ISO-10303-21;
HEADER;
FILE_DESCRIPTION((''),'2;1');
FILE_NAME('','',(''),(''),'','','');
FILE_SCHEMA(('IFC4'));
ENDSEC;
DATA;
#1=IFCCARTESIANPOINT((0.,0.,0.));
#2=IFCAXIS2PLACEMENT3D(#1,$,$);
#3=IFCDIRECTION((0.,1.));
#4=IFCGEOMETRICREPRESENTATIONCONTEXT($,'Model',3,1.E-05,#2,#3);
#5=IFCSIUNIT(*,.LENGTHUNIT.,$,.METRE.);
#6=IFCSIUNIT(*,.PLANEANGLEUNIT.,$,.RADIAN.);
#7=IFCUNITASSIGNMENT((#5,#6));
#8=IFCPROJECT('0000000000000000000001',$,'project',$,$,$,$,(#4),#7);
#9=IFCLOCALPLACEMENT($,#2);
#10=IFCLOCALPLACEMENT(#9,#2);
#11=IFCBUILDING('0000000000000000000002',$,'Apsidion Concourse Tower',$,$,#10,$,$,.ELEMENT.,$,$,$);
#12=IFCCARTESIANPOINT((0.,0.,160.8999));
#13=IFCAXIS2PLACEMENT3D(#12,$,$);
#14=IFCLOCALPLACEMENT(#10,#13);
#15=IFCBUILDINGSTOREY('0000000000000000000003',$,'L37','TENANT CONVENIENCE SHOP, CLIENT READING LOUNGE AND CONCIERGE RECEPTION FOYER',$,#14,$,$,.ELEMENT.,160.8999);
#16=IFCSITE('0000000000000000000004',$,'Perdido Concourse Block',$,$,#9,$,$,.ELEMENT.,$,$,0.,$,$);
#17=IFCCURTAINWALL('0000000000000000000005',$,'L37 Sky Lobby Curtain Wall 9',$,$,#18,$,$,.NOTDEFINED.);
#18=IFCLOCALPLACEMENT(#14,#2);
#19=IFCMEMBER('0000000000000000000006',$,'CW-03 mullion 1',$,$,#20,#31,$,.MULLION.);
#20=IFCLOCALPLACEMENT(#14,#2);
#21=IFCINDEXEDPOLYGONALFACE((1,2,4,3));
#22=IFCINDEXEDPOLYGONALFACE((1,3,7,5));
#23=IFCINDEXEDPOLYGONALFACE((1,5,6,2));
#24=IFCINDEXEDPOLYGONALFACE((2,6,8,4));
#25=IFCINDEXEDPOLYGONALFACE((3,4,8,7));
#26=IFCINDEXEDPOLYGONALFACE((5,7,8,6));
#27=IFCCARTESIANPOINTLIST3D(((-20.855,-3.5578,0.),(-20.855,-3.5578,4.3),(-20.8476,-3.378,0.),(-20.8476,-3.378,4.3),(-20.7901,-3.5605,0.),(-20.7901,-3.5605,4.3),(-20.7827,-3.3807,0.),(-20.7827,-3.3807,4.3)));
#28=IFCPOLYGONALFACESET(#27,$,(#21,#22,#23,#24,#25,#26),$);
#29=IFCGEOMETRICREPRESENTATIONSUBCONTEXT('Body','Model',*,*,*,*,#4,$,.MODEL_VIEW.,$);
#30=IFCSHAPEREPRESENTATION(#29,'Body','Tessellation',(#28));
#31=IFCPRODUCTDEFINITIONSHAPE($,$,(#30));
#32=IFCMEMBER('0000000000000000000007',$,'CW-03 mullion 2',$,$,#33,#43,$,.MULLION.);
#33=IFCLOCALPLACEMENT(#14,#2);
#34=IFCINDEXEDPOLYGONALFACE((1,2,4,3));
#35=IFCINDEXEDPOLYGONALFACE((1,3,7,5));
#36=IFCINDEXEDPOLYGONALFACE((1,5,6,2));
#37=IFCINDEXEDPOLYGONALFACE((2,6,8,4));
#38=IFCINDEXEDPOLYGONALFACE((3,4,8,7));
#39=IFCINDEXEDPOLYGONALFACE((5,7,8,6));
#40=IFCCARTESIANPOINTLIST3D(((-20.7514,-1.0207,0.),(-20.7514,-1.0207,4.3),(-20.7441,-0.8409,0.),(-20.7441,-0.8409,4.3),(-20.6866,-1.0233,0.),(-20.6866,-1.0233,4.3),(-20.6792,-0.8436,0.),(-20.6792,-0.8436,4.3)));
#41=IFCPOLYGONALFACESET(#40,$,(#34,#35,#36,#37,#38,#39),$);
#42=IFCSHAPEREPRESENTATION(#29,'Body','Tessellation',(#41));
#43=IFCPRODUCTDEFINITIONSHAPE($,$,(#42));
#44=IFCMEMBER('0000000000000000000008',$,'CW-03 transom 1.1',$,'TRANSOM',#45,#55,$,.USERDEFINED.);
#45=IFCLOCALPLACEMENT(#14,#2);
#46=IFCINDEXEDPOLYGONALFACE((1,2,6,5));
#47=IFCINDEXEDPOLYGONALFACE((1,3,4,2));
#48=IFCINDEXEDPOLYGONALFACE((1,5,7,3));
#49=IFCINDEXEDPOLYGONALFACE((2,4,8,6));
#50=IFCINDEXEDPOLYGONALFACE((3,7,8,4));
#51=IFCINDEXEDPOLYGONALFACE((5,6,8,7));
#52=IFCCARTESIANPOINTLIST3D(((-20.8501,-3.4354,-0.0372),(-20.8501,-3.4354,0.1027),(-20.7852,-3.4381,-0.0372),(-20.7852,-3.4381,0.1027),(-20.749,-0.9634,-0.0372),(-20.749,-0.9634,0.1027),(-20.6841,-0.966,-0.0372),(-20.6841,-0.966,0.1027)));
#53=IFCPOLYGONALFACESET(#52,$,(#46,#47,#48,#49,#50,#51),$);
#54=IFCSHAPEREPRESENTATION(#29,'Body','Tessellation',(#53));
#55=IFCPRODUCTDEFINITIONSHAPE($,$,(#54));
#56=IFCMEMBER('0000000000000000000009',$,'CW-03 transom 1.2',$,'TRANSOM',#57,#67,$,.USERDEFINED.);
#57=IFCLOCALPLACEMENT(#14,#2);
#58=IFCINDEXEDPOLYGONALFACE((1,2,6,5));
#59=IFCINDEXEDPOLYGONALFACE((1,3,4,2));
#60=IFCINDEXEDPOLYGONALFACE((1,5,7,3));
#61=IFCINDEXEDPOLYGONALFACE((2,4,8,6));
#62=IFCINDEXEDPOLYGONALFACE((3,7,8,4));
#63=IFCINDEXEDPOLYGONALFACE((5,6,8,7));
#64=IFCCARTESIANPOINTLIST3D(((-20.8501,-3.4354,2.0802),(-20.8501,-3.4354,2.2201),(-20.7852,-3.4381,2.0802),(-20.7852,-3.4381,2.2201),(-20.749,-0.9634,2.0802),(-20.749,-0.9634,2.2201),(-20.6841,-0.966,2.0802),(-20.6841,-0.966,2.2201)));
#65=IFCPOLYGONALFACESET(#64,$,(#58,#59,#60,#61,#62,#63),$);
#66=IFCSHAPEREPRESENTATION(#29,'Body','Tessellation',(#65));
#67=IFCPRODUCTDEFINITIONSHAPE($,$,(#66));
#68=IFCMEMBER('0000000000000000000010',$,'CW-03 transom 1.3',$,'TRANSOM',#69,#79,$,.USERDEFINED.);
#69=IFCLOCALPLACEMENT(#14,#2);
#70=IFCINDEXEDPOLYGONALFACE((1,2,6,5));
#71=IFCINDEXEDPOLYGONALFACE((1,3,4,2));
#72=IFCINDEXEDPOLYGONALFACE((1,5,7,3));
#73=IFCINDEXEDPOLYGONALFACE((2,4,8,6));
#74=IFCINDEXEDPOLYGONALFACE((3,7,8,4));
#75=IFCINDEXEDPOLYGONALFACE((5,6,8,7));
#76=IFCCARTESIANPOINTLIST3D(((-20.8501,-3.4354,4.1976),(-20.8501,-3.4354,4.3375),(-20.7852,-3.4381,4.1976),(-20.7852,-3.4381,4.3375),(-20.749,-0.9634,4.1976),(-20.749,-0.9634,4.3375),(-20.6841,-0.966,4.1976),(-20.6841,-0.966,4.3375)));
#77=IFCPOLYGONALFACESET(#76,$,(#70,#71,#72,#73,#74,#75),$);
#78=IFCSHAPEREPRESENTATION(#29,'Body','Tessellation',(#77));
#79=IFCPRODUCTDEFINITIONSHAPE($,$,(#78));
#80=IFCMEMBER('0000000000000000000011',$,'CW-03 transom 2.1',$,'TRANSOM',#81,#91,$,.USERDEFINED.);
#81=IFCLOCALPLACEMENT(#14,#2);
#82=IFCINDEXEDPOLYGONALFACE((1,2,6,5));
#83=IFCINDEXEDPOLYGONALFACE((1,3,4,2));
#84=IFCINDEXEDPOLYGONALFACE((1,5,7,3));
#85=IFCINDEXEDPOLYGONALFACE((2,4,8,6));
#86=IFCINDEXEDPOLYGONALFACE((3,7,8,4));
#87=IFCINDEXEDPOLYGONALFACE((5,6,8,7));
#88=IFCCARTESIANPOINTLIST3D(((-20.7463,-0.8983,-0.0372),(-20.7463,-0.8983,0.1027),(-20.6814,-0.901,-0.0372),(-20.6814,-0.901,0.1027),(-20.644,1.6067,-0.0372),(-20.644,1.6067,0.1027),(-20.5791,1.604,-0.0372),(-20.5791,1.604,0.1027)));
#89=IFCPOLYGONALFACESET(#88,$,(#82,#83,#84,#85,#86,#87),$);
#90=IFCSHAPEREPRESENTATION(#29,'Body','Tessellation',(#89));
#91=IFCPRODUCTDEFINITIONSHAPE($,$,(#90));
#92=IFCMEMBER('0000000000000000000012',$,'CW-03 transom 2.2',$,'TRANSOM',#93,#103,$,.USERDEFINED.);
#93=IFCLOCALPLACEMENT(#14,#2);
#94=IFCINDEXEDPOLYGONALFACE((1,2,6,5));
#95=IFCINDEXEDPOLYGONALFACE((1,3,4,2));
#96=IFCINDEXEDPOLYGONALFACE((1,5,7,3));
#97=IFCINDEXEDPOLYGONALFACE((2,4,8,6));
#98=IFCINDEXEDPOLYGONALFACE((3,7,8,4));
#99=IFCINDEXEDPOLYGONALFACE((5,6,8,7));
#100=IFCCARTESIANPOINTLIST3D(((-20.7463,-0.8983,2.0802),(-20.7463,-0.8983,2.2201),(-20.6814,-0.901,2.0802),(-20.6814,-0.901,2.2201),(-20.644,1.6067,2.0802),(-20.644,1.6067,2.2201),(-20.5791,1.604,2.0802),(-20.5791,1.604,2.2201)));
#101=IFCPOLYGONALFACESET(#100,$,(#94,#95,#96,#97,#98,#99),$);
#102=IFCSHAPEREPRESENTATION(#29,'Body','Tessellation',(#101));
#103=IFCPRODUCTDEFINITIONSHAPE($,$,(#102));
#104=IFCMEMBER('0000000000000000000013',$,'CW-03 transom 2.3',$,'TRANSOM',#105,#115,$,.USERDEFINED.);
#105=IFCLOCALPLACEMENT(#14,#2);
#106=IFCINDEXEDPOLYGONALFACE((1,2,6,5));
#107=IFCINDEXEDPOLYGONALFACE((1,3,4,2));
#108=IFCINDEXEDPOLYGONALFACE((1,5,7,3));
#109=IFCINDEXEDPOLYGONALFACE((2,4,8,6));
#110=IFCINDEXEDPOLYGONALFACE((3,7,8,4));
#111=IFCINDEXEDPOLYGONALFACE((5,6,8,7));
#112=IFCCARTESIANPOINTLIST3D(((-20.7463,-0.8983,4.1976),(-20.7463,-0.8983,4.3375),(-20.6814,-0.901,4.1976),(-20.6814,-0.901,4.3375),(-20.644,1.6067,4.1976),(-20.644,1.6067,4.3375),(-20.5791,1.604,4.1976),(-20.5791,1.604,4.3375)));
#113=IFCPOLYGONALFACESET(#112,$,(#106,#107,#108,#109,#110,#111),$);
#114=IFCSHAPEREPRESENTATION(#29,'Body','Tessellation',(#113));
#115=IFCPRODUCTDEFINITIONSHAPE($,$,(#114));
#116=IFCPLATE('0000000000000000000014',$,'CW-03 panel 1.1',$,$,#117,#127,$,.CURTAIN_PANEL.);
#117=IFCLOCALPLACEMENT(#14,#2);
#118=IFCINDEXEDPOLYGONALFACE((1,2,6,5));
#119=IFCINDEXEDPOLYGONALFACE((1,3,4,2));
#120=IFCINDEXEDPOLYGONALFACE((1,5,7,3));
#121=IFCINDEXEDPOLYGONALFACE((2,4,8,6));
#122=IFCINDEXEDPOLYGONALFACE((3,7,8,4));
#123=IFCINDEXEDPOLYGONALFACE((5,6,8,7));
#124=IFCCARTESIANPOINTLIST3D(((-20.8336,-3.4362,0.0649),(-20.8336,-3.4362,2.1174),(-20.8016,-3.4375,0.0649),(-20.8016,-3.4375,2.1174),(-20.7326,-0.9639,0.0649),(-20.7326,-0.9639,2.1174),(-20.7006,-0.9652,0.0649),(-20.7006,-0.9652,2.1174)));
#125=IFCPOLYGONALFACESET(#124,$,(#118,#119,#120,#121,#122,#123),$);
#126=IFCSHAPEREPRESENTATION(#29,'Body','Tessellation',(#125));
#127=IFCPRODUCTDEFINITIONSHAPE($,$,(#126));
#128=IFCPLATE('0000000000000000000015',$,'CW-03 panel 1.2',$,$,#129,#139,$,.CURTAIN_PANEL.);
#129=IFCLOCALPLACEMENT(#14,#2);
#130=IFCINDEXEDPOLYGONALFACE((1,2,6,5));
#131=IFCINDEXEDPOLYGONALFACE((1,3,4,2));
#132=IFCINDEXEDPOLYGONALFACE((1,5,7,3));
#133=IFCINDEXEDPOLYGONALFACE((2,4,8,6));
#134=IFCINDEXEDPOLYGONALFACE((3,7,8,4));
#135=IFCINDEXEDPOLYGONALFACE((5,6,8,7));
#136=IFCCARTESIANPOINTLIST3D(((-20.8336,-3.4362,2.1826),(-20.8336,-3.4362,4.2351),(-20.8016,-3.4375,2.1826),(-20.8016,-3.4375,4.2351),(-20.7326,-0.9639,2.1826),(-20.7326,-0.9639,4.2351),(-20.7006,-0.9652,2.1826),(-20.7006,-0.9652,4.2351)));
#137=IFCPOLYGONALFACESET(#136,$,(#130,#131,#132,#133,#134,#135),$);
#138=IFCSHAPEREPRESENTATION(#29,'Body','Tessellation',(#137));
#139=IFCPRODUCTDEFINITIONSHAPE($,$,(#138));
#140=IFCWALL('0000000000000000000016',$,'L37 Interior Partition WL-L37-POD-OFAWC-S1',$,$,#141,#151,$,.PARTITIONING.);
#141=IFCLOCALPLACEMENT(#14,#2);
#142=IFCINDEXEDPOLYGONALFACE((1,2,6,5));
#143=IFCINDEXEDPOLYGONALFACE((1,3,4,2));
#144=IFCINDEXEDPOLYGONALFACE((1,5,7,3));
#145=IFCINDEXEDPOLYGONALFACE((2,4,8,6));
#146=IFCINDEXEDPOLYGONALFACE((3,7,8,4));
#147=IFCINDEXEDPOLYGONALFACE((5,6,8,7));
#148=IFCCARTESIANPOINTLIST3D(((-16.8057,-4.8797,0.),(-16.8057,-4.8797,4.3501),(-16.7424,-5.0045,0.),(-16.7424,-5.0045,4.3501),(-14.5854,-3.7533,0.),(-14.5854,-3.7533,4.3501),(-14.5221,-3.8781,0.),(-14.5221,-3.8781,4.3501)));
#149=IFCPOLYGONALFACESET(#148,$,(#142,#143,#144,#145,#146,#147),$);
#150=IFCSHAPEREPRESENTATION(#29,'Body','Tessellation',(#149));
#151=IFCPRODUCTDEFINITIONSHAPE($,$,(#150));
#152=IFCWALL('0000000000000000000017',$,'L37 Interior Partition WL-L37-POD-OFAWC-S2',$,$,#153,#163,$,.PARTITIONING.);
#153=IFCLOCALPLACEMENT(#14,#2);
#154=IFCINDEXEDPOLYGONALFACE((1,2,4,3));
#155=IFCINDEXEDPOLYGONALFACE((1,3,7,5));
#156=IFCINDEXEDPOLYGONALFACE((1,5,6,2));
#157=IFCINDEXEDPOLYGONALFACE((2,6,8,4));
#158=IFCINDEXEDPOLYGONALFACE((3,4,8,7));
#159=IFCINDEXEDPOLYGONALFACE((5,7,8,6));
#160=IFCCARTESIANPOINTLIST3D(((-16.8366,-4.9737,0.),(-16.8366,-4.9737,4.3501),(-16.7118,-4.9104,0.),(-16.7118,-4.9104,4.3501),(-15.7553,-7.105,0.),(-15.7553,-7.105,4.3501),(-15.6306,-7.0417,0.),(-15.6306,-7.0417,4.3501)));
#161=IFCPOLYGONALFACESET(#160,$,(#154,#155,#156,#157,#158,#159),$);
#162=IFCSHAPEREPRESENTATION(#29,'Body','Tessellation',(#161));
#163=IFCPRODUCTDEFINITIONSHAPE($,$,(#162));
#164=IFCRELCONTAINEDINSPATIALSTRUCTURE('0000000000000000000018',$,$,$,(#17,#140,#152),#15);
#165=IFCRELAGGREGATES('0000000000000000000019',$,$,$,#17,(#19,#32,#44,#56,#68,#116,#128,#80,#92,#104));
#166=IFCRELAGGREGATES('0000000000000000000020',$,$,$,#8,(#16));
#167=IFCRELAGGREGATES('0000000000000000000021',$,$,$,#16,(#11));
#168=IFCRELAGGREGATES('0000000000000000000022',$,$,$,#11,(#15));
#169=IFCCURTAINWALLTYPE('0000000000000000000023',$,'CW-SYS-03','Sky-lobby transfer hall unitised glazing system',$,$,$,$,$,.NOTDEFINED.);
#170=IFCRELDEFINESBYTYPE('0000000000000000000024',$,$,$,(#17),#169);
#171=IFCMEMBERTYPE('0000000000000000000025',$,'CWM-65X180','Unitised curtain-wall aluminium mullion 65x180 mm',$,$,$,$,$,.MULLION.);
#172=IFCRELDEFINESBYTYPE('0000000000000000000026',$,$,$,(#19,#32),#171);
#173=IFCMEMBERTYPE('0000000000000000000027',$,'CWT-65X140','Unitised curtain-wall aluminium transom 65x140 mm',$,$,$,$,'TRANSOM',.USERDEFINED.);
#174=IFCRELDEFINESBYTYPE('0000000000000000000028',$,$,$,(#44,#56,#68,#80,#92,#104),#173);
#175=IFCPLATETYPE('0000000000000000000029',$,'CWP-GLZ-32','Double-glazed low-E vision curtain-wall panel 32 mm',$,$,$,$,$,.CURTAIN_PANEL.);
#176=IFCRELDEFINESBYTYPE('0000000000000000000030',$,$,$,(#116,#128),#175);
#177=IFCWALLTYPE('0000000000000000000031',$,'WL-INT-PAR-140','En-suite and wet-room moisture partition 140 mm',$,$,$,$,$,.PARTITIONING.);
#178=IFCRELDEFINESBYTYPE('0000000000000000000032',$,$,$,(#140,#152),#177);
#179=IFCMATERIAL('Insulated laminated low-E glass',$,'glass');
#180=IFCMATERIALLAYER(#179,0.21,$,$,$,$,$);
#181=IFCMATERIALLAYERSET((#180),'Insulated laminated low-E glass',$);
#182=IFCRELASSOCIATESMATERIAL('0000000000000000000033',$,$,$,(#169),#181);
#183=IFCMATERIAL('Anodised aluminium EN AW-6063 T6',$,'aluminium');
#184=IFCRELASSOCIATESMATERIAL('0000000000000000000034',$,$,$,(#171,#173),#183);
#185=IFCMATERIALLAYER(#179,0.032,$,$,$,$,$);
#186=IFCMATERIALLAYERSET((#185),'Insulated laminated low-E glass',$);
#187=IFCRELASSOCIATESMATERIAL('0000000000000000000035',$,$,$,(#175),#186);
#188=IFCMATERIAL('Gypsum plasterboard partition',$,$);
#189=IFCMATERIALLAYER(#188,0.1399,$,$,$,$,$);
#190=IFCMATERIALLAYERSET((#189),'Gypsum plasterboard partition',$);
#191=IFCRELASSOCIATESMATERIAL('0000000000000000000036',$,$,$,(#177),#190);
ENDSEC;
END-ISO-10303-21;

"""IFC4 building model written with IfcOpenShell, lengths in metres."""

from ifc_helpers import new_model, si_unit, direction, frame, frame_2d, origin, origin_2d, place, context, subcontext, project, spatial, rectangle, extrude, material, layer, layer_set, material_profile, profile_set, type_object, element, aggregate, save


model = new_model("IFC4")

# Units and contexts
model_context = context("Model", 3, precision=1e-05, world=origin(), true_north=direction((0.0, 1.0)))
body_context = subcontext(model_context, "Body", "Model", "MODEL_VIEW")
ifc_project = project(units=[si_unit("LENGTHUNIT", "METRE"), si_unit("PLANEANGLEUNIT", "RADIAN")], contexts=[model_context])

# Site, building, storey
site_placement = place(None, origin())
site = spatial("IfcSite", under=ifc_project, at=site_placement, Name="Perdido Concourse Block", CompositionType="ELEMENT", RefElevation=0.0)
building_placement = place(site_placement, origin())
building = spatial("IfcBuilding", under=site, at=building_placement, Name="Apsidion Concourse Tower", CompositionType="ELEMENT")
storey_placement = place(building_placement, frame((0.0, 0.0, 160.8999)))
storey = spatial("IfcBuildingStorey", under=building, at=storey_placement, Name="L37", Description="TENANT CONVENIENCE SHOP, CLIENT READING LOUNGE AND CONCIERGE RECEPTION FOYER", CompositionType="ELEMENT", Elevation=160.8999)

# Curtain wall, members, plates
ifc_material_1 = material(Name="Insulated laminated low-E glass", Category="glass")
ifc_layer_1 = layer(ifc_material_1, 0.21)
ifc_layer_set_1 = layer_set([ifc_layer_1], Name="Insulated laminated low-E glass")
curtain_wall_type = type_object("IfcCurtainWallType", Name="CW-SYS-03", Description="Sky-lobby transfer hall unitised glazing system", PredefinedType="NOTDEFINED", material=ifc_layer_set_1)
curtain_wall_placement = place(storey_placement, origin())
curtain_wall = element("IfcCurtainWall", 1, at=curtain_wall_placement, inside=storey, type_object=curtain_wall_type, Name="L37 Sky Lobby Curtain Wall 9", PredefinedType="NOTDEFINED")
ifc_material_2 = material(Name="Anodised aluminium EN AW-6063 T6", Category="aluminium")
ifc_material_profile_1 = material_profile(ifc_material_2, rectangle(XDim=0.0649, YDim=0.1799, at=origin_2d()), Name="ALU MULLION 65x180")
ifc_profile_set_1 = profile_set([ifc_material_profile_1], Name="Anodised aluminium EN AW-6063 T6")
member_type_1 = type_object("IfcMemberType", Name="CWM-65X180", Description="Unitised curtain-wall aluminium mullion 65x180 mm", PredefinedType="MULLION", material=ifc_profile_set_1)
member_1_placement = place(storey_placement, frame((-20.8188, -3.4692, 0.0), z_axis=(0.0, 0.0, 1.0), x_axis=(-0.999167, 0.040814, 0.0)))
member_1 = element("IfcMember", 2, at=member_1_placement, type_object=member_type_1, Name="CW-03 mullion 1", PredefinedType="MULLION", context=body_context, shape_type="SweptSolid", body=[
    extrude(rectangle(XDim=0.0649, YDim=0.1799, at=origin_2d()), origin(), (0.0, 0.0, 1.0), 4.3),
])
member_2_placement = place(storey_placement, frame((-20.7153, -0.9321, 0.0), z_axis=(0.0, 0.0, 1.0), x_axis=(-0.999167, 0.040814, 0.0)))
member_2 = element("IfcMember", 3, at=member_2_placement, type_object=member_type_1, Name="CW-03 mullion 2", PredefinedType="MULLION", context=body_context, shape_type="SweptSolid", body=[
    extrude(rectangle(XDim=0.0649, YDim=0.1799, at=origin_2d()), origin(), (0.0, 0.0, 1.0), 4.3),
])
ifc_material_profile_2 = material_profile(ifc_material_2, rectangle(XDim=0.0649, YDim=0.1399, at=origin_2d()), Name="ALU TRANSOM 65x140")
ifc_profile_set_2 = profile_set([ifc_material_profile_2], Name="Anodised aluminium EN AW-6063 T6")
member_type_2 = type_object("IfcMemberType", Name="CWT-65X140", Description="Unitised curtain-wall aluminium transom 65x140 mm", ElementType="TRANSOM", PredefinedType="USERDEFINED", material=ifc_profile_set_2)
member_3_placement = place(storey_placement, frame((-20.8176, -3.4368, 0.0327), z_axis=(0.040851, 0.999165, 0.0), x_axis=(-0.999165, 0.040851, 0.0)))
member_3 = element("IfcMember", 4, at=member_3_placement, type_object=member_type_2, Name="CW-03 transom 1.1", ObjectType="TRANSOM", PredefinedType="USERDEFINED", context=body_context, shape_type="SweptSolid", body=[
    extrude(rectangle(XDim=0.0649, YDim=0.1399, at=origin_2d()), origin(), (0.0, 0.0, 1.0), 2.4741),
])
member_4_placement = place(storey_placement, frame((-20.8176, -3.4368, 2.1501), z_axis=(0.040851, 0.999165, 0.0), x_axis=(-0.999165, 0.040851, 0.0)))
member_4 = element("IfcMember", 5, at=member_4_placement, type_object=member_type_2, Name="CW-03 transom 1.2", ObjectType="TRANSOM", PredefinedType="USERDEFINED", context=body_context, shape_type="SweptSolid", body=[
    extrude(rectangle(XDim=0.0649, YDim=0.1399, at=origin_2d()), origin(), (0.0, 0.0, 1.0), 2.4741),
])
member_5_placement = place(storey_placement, frame((-20.8176, -3.4368, 4.2676), z_axis=(0.040851, 0.999165, 0.0), x_axis=(-0.999165, 0.040851, 0.0)))
member_5 = element("IfcMember", 6, at=member_5_placement, type_object=member_type_2, Name="CW-03 transom 1.3", ObjectType="TRANSOM", PredefinedType="USERDEFINED", context=body_context, shape_type="SweptSolid", body=[
    extrude(rectangle(XDim=0.0649, YDim=0.1399, at=origin_2d()), origin(), (0.0, 0.0, 1.0), 2.4741),
])
member_6_placement = place(storey_placement, frame((-20.7139, -0.8997, 0.0327), z_axis=(0.040804, 0.999167, 0.0), x_axis=(-0.999167, 0.040804, 0.0)))
member_6 = element("IfcMember", 7, at=member_6_placement, type_object=member_type_2, Name="CW-03 transom 2.1", ObjectType="TRANSOM", PredefinedType="USERDEFINED", context=body_context, shape_type="SweptSolid", body=[
    extrude(rectangle(XDim=0.0649, YDim=0.1399, at=origin_2d()), origin(), (0.0, 0.0, 1.0), 2.5071),
])
member_7_placement = place(storey_placement, frame((-20.7139, -0.8997, 2.1501), z_axis=(0.040804, 0.999167, 0.0), x_axis=(-0.999167, 0.040804, 0.0)))
member_7 = element("IfcMember", 8, at=member_7_placement, type_object=member_type_2, Name="CW-03 transom 2.2", ObjectType="TRANSOM", PredefinedType="USERDEFINED", context=body_context, shape_type="SweptSolid", body=[
    extrude(rectangle(XDim=0.0649, YDim=0.1399, at=origin_2d()), origin(), (0.0, 0.0, 1.0), 2.5071),
])
member_8_placement = place(storey_placement, frame((-20.7139, -0.8997, 4.2676), z_axis=(0.040804, 0.999167, 0.0), x_axis=(-0.999167, 0.040804, 0.0)))
member_8 = element("IfcMember", 9, at=member_8_placement, type_object=member_type_2, Name="CW-03 transom 2.3", ObjectType="TRANSOM", PredefinedType="USERDEFINED", context=body_context, shape_type="SweptSolid", body=[
    extrude(rectangle(XDim=0.0649, YDim=0.1399, at=origin_2d()), origin(), (0.0, 0.0, 1.0), 2.5071),
])
ifc_layer_2 = layer(ifc_material_1, 0.032)
ifc_layer_set_2 = layer_set([ifc_layer_2], Name="Insulated laminated low-E glass")
plate_type = type_object("IfcPlateType", Name="CWP-GLZ-32", Description="Double-glazed low-E vision curtain-wall panel 32 mm", PredefinedType="CURTAIN_PANEL", material=ifc_layer_set_2)
plate_1_placement = place(storey_placement, frame((-20.7671, -2.2007, 0.0649), z_axis=(0.0, 0.0, 1.0), x_axis=(0.040814, 0.999167, 0.0)))
plate_1 = element("IfcPlate", 10, at=plate_1_placement, type_object=plate_type, Name="CW-03 panel 1.1", PredefinedType="CURTAIN_PANEL", context=body_context, shape_type="SweptSolid", body=[
    extrude(rectangle(XDim=2.4744, YDim=0.032, at=origin_2d()), origin(), (0.0, 0.0, 1.0), 2.0525),
])
plate_2_placement = place(storey_placement, frame((-20.7671, -2.2007, 2.1826), z_axis=(0.0, 0.0, 1.0), x_axis=(0.040814, 0.999167, 0.0)))
plate_2 = element("IfcPlate", 11, at=plate_2_placement, type_object=plate_type, Name="CW-03 panel 1.2", PredefinedType="CURTAIN_PANEL", context=body_context, shape_type="SweptSolid", body=[
    extrude(rectangle(XDim=2.4744, YDim=0.032, at=origin_2d()), origin(), (0.0, 0.0, 1.0), 2.0525),
])
aggregate(curtain_wall, [member_1, member_2, member_3, member_4, member_5, plate_1, plate_2, member_6, member_7, member_8])

# Walls
ifc_material_3 = material(Name="Gypsum plasterboard partition")
ifc_layer_3 = layer(ifc_material_3, 0.1399)
ifc_layer_set_3 = layer_set([ifc_layer_3], Name="Gypsum plasterboard partition")
wall_type_1 = type_object("IfcWallType", Name="WL-INT-PAR-140", Description="En-suite and wet-room moisture partition 140 mm", PredefinedType="PARTITIONING", material=ifc_layer_set_3)
wall_1_placement = place(storey_placement, frame((-14.5537, -3.8157, 0.0), z_axis=(0.0, 0.0, 1.0), x_axis=(-0.891804, -0.452422, 0.0)))
element("IfcWall", 12, at=wall_1_placement, inside=storey, type_object=wall_type_1, Name="L37 Interior Partition WL-L37-POD-OFAWC-S1", PredefinedType="PARTITIONING", context=body_context, shape_type="SweptSolid", body=[
    extrude(rectangle(XDim=2.4897, YDim=0.1399, at=frame_2d((1.2449, 0.0))), origin(), (0.0, 0.0, 1.0), 4.3501),
])
wall_2_placement = place(storey_placement, frame((-16.7742, -4.9421, 0.0), z_axis=(0.0, 0.0, 1.0), x_axis=(0.452436, -0.891797, 0.0)))
element("IfcWall", 13, at=wall_2_placement, inside=storey, type_object=wall_type_1, Name="L37 Interior Partition WL-L37-POD-OFAWC-S2", PredefinedType="PARTITIONING", context=body_context, shape_type="SweptSolid", body=[
    extrude(rectangle(XDim=2.3899, YDim=0.1399, at=frame_2d((1.1948, 0.0))), origin(), (0.0, 0.0, 1.0), 4.3501),
])

save(model, "model.ifc")
